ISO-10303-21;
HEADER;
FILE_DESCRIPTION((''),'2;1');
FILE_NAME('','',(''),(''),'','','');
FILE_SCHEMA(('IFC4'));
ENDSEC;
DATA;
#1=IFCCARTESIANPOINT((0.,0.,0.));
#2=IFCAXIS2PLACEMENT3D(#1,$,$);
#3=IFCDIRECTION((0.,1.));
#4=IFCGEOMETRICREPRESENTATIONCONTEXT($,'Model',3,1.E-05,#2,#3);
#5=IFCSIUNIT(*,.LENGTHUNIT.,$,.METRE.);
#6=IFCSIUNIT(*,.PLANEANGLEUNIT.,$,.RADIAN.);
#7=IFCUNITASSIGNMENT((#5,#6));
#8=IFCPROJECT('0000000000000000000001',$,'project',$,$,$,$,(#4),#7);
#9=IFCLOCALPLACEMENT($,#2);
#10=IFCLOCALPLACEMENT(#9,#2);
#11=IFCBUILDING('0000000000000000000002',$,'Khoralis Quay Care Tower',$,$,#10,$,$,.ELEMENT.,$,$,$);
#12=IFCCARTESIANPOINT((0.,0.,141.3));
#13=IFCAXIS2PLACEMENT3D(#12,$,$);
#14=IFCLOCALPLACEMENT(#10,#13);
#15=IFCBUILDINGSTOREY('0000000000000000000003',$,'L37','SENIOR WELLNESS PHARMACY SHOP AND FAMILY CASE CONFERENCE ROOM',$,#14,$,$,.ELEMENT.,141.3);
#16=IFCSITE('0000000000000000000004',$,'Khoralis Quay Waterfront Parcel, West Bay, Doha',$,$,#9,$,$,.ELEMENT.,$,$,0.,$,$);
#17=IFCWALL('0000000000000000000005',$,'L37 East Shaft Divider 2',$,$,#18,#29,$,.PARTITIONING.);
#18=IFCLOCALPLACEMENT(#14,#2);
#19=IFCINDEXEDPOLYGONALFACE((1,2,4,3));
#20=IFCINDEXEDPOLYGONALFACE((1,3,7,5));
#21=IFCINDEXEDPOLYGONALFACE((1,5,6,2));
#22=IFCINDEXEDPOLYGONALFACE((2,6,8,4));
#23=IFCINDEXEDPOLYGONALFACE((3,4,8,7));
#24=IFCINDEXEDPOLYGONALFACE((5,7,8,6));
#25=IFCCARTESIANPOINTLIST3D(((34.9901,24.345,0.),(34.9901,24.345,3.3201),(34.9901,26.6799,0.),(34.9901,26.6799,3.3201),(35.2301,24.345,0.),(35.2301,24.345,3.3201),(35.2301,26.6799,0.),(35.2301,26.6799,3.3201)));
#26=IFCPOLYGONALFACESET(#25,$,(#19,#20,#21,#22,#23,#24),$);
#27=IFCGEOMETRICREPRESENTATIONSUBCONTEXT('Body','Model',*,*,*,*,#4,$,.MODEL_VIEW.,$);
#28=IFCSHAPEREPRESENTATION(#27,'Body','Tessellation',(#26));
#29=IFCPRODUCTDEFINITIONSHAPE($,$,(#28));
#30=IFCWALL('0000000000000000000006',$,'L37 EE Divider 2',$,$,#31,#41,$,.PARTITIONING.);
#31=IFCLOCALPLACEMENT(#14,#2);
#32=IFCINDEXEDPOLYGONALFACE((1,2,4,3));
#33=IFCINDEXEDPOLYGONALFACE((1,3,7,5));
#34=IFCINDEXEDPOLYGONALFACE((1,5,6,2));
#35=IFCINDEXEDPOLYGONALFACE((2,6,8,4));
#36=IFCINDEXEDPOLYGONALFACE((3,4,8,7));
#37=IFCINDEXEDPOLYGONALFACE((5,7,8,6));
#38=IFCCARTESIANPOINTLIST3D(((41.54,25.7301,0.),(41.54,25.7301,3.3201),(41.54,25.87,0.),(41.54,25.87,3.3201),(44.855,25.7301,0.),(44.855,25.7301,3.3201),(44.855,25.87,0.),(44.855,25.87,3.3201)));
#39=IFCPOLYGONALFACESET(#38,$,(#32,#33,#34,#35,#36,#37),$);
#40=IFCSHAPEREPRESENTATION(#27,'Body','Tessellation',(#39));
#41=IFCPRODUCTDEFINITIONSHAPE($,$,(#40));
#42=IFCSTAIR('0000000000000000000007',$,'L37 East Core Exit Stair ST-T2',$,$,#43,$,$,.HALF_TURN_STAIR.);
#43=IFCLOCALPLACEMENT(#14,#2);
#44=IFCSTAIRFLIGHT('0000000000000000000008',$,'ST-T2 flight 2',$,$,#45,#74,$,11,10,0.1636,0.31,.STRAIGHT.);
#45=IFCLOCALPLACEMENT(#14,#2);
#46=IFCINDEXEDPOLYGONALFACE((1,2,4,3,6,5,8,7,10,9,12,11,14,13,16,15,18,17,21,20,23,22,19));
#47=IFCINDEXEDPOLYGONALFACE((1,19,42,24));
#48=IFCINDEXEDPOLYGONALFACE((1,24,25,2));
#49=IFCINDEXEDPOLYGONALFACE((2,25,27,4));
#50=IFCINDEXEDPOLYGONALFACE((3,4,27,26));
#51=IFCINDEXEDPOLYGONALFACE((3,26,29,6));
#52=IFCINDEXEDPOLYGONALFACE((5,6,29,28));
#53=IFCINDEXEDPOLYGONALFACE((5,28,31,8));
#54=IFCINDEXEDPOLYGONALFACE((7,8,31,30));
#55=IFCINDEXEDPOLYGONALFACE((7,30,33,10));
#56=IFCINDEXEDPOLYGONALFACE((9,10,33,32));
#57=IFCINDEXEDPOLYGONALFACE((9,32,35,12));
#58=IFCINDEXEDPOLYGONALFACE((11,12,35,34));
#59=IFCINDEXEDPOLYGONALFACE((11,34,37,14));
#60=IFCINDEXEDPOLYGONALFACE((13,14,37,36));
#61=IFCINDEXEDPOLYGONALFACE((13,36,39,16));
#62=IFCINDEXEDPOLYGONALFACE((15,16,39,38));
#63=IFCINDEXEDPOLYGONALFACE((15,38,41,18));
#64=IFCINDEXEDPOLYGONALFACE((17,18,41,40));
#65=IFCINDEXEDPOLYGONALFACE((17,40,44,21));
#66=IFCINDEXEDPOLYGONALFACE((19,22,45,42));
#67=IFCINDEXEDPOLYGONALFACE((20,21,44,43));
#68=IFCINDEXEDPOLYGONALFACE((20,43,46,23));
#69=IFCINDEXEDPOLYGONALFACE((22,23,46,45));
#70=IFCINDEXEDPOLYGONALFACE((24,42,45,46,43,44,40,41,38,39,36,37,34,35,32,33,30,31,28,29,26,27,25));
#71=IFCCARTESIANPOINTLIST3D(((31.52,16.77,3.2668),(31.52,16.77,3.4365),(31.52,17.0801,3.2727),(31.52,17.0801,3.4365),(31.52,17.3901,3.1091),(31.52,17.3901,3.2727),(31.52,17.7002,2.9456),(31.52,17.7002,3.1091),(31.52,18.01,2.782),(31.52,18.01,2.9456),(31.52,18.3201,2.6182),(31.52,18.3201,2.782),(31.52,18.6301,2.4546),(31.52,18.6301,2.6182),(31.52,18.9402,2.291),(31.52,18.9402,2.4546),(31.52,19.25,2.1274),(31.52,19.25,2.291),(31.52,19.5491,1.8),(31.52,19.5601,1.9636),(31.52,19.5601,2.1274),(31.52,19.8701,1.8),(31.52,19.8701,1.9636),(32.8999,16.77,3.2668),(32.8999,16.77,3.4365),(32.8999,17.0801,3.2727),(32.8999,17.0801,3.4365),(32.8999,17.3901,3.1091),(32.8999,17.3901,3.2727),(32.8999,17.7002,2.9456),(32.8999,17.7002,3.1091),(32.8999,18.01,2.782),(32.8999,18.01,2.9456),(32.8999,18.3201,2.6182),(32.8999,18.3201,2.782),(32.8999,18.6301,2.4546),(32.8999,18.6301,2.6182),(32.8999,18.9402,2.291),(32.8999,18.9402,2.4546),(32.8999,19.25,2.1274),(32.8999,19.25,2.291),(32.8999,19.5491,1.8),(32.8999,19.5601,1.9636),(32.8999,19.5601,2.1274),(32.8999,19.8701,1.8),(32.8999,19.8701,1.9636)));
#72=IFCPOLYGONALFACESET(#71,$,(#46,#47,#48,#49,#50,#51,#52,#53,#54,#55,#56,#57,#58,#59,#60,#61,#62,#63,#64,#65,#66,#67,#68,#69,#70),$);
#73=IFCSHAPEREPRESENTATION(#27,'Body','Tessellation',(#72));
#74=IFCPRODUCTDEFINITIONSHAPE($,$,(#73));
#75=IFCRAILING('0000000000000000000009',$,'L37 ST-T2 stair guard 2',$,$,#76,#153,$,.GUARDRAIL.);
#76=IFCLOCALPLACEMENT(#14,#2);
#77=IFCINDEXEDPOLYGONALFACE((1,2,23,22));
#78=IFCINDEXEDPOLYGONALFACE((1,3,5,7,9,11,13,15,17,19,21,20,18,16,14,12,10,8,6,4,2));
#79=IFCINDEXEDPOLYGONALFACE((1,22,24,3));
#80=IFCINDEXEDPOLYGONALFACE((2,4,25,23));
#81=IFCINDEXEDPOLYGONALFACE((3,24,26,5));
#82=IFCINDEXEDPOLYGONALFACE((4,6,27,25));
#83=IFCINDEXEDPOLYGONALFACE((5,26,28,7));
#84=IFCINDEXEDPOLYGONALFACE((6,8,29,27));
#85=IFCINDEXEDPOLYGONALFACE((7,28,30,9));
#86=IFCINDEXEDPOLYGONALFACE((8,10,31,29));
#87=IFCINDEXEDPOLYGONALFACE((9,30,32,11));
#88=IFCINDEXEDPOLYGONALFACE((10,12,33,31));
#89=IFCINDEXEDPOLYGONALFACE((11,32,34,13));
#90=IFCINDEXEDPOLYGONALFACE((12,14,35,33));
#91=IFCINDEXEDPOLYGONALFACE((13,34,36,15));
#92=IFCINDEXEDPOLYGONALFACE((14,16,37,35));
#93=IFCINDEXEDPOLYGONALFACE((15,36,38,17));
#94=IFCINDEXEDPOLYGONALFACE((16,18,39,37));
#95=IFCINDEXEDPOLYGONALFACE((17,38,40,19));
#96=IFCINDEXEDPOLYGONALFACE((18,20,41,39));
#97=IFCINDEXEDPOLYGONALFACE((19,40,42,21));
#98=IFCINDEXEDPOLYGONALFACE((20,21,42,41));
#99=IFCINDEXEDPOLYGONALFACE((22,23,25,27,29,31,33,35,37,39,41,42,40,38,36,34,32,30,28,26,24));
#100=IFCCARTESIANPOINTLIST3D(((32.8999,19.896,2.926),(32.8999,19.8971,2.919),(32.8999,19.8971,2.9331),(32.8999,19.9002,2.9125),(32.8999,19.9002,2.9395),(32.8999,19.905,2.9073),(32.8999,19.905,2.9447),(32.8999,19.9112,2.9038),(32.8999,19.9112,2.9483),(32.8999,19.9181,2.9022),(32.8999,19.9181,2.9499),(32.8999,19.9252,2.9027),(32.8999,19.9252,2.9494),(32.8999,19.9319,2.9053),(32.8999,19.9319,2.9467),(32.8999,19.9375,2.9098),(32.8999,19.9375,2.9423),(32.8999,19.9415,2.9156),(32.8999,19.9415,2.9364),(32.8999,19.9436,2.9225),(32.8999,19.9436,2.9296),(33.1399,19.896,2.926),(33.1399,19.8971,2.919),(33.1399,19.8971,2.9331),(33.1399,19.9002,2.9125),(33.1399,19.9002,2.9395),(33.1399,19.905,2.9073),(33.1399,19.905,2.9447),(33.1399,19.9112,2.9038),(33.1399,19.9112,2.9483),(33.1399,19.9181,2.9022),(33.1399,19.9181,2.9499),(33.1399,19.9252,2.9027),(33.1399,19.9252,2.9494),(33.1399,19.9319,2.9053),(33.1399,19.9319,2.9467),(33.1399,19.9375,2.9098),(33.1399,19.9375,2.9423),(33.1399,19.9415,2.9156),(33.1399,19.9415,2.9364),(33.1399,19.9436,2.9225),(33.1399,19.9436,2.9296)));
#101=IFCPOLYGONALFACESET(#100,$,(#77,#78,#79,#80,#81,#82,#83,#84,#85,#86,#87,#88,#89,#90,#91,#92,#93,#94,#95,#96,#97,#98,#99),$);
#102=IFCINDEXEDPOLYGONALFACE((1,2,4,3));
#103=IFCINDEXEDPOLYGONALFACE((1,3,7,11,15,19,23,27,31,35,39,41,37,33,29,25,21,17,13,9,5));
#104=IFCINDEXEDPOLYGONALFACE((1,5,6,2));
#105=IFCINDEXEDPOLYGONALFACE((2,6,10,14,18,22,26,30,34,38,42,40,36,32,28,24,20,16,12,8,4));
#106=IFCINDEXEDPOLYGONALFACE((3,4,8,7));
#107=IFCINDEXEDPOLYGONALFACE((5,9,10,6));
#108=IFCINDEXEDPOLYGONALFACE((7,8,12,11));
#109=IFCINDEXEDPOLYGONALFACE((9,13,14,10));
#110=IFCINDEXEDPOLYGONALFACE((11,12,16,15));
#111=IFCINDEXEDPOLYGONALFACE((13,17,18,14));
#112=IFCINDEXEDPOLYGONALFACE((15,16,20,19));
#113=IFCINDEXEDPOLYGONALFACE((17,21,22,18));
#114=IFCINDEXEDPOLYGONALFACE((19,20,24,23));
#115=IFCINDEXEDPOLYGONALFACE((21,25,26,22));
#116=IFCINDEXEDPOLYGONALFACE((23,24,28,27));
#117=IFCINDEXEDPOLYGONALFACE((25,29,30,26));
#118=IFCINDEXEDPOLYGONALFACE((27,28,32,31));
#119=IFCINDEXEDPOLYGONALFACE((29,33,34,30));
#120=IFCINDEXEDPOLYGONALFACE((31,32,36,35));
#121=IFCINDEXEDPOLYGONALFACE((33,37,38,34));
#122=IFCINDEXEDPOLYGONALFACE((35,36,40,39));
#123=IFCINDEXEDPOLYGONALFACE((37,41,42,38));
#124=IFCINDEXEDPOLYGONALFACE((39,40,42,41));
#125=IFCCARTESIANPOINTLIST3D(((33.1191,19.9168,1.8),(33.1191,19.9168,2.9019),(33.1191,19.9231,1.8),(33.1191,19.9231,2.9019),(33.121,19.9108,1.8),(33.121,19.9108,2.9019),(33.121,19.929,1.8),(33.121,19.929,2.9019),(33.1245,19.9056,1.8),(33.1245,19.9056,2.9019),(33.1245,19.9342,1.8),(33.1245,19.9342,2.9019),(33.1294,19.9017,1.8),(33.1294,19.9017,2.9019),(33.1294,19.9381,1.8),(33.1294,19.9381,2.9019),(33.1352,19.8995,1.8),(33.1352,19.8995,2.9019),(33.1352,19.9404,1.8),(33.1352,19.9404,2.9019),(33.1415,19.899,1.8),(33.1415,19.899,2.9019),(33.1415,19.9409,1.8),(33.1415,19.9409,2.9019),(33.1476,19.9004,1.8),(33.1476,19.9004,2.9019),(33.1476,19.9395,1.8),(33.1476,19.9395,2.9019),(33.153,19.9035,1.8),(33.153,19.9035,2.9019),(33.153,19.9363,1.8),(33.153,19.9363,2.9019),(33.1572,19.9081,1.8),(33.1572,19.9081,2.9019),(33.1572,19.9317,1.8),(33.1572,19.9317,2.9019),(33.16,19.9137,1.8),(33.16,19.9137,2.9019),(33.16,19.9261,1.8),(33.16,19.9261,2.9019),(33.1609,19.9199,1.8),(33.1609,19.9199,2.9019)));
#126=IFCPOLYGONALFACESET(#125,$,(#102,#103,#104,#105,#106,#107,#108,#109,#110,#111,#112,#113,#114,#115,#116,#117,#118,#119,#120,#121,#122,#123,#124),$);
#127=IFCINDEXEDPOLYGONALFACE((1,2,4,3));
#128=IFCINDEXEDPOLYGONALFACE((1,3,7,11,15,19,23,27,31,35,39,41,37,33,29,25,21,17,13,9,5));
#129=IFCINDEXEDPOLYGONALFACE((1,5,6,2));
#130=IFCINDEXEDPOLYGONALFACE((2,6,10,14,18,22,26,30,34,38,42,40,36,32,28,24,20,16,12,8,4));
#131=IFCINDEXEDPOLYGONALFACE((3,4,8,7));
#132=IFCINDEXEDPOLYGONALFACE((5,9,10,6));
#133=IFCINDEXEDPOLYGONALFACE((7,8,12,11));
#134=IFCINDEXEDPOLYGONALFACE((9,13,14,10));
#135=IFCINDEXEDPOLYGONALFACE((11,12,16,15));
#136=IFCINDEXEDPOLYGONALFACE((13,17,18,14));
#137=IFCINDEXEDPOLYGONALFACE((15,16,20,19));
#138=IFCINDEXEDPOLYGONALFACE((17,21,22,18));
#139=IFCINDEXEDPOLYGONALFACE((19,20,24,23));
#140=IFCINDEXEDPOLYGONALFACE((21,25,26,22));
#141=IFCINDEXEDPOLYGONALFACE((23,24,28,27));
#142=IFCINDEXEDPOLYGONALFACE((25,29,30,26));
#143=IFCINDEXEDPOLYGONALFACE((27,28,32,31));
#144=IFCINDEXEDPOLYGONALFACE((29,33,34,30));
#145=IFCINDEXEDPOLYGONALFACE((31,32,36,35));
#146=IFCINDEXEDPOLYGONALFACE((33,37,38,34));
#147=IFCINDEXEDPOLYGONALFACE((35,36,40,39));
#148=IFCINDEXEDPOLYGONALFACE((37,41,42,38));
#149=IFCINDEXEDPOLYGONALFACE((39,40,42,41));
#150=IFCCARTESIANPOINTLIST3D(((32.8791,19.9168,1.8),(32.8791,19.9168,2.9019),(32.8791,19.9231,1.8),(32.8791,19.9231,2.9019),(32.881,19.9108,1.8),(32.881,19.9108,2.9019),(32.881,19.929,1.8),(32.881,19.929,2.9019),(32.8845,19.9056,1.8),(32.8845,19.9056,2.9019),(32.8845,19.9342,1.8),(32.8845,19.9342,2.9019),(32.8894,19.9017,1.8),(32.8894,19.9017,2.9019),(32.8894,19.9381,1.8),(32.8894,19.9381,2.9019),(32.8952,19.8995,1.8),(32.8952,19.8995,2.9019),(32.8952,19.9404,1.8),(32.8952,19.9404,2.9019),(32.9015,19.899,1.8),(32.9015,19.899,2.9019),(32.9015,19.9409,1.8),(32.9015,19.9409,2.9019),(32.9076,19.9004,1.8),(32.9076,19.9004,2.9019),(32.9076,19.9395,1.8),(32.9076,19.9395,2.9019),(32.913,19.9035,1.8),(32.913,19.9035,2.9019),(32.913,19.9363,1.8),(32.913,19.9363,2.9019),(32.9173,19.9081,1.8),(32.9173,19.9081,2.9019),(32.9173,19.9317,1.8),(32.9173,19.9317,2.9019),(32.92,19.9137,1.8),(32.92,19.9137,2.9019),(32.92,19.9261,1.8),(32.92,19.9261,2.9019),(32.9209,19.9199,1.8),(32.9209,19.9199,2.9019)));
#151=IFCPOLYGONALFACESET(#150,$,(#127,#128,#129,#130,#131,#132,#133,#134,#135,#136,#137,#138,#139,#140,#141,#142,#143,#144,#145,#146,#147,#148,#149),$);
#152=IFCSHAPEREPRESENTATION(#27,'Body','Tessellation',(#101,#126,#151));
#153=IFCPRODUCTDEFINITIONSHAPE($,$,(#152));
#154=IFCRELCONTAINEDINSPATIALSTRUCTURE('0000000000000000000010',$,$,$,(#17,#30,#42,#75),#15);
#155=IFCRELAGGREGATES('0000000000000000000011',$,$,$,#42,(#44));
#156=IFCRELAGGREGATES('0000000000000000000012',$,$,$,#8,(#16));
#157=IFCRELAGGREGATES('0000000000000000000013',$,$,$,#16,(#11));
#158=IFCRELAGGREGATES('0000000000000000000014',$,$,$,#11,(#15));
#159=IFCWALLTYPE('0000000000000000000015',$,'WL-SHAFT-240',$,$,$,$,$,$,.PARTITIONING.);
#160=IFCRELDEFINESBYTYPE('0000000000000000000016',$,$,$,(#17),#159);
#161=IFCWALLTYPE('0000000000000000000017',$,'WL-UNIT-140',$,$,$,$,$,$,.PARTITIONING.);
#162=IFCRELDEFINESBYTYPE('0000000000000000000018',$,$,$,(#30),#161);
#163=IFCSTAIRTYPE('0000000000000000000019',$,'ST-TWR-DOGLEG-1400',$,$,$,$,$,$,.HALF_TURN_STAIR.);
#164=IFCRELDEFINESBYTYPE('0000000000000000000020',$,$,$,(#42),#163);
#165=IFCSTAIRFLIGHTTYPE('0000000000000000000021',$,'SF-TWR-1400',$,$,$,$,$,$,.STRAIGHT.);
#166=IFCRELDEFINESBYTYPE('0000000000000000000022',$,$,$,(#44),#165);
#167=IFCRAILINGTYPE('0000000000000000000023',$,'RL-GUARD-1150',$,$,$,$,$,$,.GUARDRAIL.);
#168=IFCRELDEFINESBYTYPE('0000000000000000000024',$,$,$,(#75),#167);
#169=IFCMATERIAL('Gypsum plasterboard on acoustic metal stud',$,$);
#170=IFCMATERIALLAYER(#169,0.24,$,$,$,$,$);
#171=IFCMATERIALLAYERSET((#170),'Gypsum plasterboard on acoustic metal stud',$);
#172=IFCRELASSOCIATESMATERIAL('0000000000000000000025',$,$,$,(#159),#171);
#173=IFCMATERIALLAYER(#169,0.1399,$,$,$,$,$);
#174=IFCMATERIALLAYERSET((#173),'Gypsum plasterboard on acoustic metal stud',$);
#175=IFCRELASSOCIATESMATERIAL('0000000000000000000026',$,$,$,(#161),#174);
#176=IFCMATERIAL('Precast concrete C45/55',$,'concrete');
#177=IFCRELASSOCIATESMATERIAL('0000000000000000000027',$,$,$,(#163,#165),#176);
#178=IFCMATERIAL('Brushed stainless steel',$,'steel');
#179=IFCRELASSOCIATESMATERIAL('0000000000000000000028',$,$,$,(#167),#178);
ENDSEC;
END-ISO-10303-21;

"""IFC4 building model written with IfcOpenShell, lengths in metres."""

from ifc_helpers import new_model, si_unit, direction, frame, frame_2d, origin, origin_2d, place, context, subcontext, project, spatial, polyline, rectangle, circle, outline, extrude, source, transform, mapped, material, layer, layer_set, type_object, element, aggregate, save


model = new_model("IFC4")

# Units and contexts
model_context = context("Model", 3, precision=1e-05, world=origin(), true_north=direction((0.0, 1.0)))
body_context = subcontext(model_context, "Body", "Model", "MODEL_VIEW")
ifc_project = project(units=[si_unit("LENGTHUNIT", "METRE"), si_unit("PLANEANGLEUNIT", "RADIAN")], contexts=[model_context])

# Site, building, storey
site_placement = place(None, origin())
site = spatial("IfcSite", under=ifc_project, at=site_placement, Name="Khoralis Quay Waterfront Parcel, West Bay, Doha", CompositionType="ELEMENT", RefElevation=0.0)
building_placement = place(site_placement, origin())
building = spatial("IfcBuilding", under=site, at=building_placement, Name="Khoralis Quay Care Tower", CompositionType="ELEMENT")
storey_placement = place(building_placement, frame((0.0, 0.0, 141.3)))
storey = spatial("IfcBuildingStorey", under=building, at=storey_placement, Name="L37", Description="SENIOR WELLNESS PHARMACY SHOP AND FAMILY CASE CONFERENCE ROOM", CompositionType="ELEMENT", Elevation=141.3)

# Shared definitions
ifc_material_1 = material(Name="Brushed stainless steel", Category="steel")

# Shared definitions
ifc_material_2 = material(Name="Gypsum plasterboard on acoustic metal stud")

# Walls
ifc_layer_1 = layer(ifc_material_2, 0.24)
ifc_layer_set_1 = layer_set([ifc_layer_1], Name="Gypsum plasterboard on acoustic metal stud")
wall_type_1 = type_object("IfcWallType", Name="WL-SHAFT-240", PredefinedType="PARTITIONING", material=ifc_layer_set_1)
for number, where, z_axis, x_axis, name in (
    (1, (35.1101, 24.345, 0.0), (0.0, 0.0, 1.0), (0.0, 1.0, 0.0), "L37 East Shaft Divider 2"),
):
    element("IfcWall", number, at=place(storey_placement, frame(where, z_axis=z_axis, x_axis=x_axis)), inside=storey, type_object=wall_type_1, Name=name, PredefinedType="PARTITIONING", context=body_context, shape_type="SweptSolid", body=[
        extrude(rectangle(XDim=2.335, YDim=0.24, at=frame_2d((1.1675, 0.0))), origin(), (0.0, 0.0, 1.0), 3.3201),
    ])
ifc_layer_2 = layer(ifc_material_2, 0.1399)
ifc_layer_set_2 = layer_set([ifc_layer_2], Name="Gypsum plasterboard on acoustic metal stud")
wall_type_2 = type_object("IfcWallType", Name="WL-UNIT-140", PredefinedType="PARTITIONING", material=ifc_layer_set_2)
wall_1_placement = place(storey_placement, frame((41.54, 25.8, 0.0), z_axis=(0.0, 0.0, 1.0), x_axis=(1.0, 0.0, 0.0)))
element("IfcWall", 2, at=wall_1_placement, inside=storey, type_object=wall_type_2, Name="L37 EE Divider 2", PredefinedType="PARTITIONING", context=body_context, shape_type="SweptSolid", body=[
    extrude(rectangle(XDim=3.3149, YDim=0.1399, at=frame_2d((1.6575, 0.0))), origin(), (0.0, 0.0, 1.0), 3.3201),
])

# Stair, stair flight
ifc_material_3 = material(Name="Precast concrete C45/55", Category="concrete")
stair_type = type_object("IfcStairType", Name="ST-TWR-DOGLEG-1400", PredefinedType="HALF_TURN_STAIR", material=ifc_material_3)
stair_placement = place(storey_placement, origin())
stair = element("IfcStair", 3, at=stair_placement, inside=storey, type_object=stair_type, Name="L37 East Core Exit Stair ST-T2", PredefinedType="HALF_TURN_STAIR")
stair_flight_type = type_object("IfcStairFlightType", Name="SF-TWR-1400", PredefinedType="STRAIGHT", material=ifc_material_3)
shared_shape_1 = source(origin(), body_context, "Body", "SweptSolid", [
    extrude(outline(polyline([(0.0, 0.0), (0.0, 0.1636), (0.3101, 0.1636), (0.3101, 0.3274), (0.6201, 0.3274), (0.6201, 0.491), (0.9299, 0.491), (0.9299, 0.6545), (1.24, 0.6545), (1.24, 0.8181), (1.55, 0.8181), (1.55, 0.9819), (1.8601, 0.9819), (1.8601, 1.1455), (2.1699, 1.1455), (2.1699, 1.3091), (2.48, 1.3091), (2.48, 1.4727), (2.79, 1.4727), (2.79, 1.6365), (3.1001, 1.6365), (3.1001, 1.8), (3.1001, 1.4668), (0.321, 0.0), (0.0, 0.0)])), frame((0.0, 0.6899, 0.0), z_axis=(0.0, -1.0, 0.0), x_axis=(1.0, 0.0, 0.0)), (0.0, 0.0, 1.0), 1.3799),
])
stair_flight_placement = place(storey_placement, frame((32.21, 19.8701, 1.8), z_axis=(0.0, 0.0, 1.0), x_axis=(0.0, -1.0, 0.0)))
stair_flight = element("IfcStairFlight", 4, at=stair_flight_placement, type_object=stair_flight_type, Name="ST-T2 flight 2", NumberOfRisers=11, NumberOfTreads=10, PredefinedType="STRAIGHT", RiserHeight=0.1636, TreadLength=0.31, context=body_context, shape_type="MappedRepresentation", body=[
    mapped(shared_shape_1, transform((0.0, 0.0, 0.0), scale=1.0)),
])
aggregate(stair, [stair_flight])

# Railing
railing_type_1 = type_object("IfcRailingType", Name="RL-GUARD-1150", PredefinedType="GUARDRAIL", material=ifc_material_1)
railing_1_placement = place(storey_placement, frame((33.1399, 19.9199, 1.8)))
element("IfcRailing", 5, at=railing_1_placement, inside=storey, type_object=railing_type_1, Name="L37 ST-T2 stair guard 2", PredefinedType="GUARDRAIL", context=body_context, shape_type="SweptSolid", body=[
    extrude(circle(Radius=0.0239, at=origin_2d()), frame((0.0, 0.0, 1.126), z_axis=(-1.0, 0.0, 0.0), x_axis=(0.0, -1.0, 0.0)), (0.0, 0.0, 1.0), 0.24),
    extrude(circle(Radius=0.021, at=origin_2d()), origin(), (0.0, 0.0, 1.0), 1.1018),
    extrude(circle(Radius=0.021, at=origin_2d()), frame((-0.24, 0.0, 0.0)), (0.0, 0.0, 1.0), 1.1018),
])

save(model, "model.ifc")
